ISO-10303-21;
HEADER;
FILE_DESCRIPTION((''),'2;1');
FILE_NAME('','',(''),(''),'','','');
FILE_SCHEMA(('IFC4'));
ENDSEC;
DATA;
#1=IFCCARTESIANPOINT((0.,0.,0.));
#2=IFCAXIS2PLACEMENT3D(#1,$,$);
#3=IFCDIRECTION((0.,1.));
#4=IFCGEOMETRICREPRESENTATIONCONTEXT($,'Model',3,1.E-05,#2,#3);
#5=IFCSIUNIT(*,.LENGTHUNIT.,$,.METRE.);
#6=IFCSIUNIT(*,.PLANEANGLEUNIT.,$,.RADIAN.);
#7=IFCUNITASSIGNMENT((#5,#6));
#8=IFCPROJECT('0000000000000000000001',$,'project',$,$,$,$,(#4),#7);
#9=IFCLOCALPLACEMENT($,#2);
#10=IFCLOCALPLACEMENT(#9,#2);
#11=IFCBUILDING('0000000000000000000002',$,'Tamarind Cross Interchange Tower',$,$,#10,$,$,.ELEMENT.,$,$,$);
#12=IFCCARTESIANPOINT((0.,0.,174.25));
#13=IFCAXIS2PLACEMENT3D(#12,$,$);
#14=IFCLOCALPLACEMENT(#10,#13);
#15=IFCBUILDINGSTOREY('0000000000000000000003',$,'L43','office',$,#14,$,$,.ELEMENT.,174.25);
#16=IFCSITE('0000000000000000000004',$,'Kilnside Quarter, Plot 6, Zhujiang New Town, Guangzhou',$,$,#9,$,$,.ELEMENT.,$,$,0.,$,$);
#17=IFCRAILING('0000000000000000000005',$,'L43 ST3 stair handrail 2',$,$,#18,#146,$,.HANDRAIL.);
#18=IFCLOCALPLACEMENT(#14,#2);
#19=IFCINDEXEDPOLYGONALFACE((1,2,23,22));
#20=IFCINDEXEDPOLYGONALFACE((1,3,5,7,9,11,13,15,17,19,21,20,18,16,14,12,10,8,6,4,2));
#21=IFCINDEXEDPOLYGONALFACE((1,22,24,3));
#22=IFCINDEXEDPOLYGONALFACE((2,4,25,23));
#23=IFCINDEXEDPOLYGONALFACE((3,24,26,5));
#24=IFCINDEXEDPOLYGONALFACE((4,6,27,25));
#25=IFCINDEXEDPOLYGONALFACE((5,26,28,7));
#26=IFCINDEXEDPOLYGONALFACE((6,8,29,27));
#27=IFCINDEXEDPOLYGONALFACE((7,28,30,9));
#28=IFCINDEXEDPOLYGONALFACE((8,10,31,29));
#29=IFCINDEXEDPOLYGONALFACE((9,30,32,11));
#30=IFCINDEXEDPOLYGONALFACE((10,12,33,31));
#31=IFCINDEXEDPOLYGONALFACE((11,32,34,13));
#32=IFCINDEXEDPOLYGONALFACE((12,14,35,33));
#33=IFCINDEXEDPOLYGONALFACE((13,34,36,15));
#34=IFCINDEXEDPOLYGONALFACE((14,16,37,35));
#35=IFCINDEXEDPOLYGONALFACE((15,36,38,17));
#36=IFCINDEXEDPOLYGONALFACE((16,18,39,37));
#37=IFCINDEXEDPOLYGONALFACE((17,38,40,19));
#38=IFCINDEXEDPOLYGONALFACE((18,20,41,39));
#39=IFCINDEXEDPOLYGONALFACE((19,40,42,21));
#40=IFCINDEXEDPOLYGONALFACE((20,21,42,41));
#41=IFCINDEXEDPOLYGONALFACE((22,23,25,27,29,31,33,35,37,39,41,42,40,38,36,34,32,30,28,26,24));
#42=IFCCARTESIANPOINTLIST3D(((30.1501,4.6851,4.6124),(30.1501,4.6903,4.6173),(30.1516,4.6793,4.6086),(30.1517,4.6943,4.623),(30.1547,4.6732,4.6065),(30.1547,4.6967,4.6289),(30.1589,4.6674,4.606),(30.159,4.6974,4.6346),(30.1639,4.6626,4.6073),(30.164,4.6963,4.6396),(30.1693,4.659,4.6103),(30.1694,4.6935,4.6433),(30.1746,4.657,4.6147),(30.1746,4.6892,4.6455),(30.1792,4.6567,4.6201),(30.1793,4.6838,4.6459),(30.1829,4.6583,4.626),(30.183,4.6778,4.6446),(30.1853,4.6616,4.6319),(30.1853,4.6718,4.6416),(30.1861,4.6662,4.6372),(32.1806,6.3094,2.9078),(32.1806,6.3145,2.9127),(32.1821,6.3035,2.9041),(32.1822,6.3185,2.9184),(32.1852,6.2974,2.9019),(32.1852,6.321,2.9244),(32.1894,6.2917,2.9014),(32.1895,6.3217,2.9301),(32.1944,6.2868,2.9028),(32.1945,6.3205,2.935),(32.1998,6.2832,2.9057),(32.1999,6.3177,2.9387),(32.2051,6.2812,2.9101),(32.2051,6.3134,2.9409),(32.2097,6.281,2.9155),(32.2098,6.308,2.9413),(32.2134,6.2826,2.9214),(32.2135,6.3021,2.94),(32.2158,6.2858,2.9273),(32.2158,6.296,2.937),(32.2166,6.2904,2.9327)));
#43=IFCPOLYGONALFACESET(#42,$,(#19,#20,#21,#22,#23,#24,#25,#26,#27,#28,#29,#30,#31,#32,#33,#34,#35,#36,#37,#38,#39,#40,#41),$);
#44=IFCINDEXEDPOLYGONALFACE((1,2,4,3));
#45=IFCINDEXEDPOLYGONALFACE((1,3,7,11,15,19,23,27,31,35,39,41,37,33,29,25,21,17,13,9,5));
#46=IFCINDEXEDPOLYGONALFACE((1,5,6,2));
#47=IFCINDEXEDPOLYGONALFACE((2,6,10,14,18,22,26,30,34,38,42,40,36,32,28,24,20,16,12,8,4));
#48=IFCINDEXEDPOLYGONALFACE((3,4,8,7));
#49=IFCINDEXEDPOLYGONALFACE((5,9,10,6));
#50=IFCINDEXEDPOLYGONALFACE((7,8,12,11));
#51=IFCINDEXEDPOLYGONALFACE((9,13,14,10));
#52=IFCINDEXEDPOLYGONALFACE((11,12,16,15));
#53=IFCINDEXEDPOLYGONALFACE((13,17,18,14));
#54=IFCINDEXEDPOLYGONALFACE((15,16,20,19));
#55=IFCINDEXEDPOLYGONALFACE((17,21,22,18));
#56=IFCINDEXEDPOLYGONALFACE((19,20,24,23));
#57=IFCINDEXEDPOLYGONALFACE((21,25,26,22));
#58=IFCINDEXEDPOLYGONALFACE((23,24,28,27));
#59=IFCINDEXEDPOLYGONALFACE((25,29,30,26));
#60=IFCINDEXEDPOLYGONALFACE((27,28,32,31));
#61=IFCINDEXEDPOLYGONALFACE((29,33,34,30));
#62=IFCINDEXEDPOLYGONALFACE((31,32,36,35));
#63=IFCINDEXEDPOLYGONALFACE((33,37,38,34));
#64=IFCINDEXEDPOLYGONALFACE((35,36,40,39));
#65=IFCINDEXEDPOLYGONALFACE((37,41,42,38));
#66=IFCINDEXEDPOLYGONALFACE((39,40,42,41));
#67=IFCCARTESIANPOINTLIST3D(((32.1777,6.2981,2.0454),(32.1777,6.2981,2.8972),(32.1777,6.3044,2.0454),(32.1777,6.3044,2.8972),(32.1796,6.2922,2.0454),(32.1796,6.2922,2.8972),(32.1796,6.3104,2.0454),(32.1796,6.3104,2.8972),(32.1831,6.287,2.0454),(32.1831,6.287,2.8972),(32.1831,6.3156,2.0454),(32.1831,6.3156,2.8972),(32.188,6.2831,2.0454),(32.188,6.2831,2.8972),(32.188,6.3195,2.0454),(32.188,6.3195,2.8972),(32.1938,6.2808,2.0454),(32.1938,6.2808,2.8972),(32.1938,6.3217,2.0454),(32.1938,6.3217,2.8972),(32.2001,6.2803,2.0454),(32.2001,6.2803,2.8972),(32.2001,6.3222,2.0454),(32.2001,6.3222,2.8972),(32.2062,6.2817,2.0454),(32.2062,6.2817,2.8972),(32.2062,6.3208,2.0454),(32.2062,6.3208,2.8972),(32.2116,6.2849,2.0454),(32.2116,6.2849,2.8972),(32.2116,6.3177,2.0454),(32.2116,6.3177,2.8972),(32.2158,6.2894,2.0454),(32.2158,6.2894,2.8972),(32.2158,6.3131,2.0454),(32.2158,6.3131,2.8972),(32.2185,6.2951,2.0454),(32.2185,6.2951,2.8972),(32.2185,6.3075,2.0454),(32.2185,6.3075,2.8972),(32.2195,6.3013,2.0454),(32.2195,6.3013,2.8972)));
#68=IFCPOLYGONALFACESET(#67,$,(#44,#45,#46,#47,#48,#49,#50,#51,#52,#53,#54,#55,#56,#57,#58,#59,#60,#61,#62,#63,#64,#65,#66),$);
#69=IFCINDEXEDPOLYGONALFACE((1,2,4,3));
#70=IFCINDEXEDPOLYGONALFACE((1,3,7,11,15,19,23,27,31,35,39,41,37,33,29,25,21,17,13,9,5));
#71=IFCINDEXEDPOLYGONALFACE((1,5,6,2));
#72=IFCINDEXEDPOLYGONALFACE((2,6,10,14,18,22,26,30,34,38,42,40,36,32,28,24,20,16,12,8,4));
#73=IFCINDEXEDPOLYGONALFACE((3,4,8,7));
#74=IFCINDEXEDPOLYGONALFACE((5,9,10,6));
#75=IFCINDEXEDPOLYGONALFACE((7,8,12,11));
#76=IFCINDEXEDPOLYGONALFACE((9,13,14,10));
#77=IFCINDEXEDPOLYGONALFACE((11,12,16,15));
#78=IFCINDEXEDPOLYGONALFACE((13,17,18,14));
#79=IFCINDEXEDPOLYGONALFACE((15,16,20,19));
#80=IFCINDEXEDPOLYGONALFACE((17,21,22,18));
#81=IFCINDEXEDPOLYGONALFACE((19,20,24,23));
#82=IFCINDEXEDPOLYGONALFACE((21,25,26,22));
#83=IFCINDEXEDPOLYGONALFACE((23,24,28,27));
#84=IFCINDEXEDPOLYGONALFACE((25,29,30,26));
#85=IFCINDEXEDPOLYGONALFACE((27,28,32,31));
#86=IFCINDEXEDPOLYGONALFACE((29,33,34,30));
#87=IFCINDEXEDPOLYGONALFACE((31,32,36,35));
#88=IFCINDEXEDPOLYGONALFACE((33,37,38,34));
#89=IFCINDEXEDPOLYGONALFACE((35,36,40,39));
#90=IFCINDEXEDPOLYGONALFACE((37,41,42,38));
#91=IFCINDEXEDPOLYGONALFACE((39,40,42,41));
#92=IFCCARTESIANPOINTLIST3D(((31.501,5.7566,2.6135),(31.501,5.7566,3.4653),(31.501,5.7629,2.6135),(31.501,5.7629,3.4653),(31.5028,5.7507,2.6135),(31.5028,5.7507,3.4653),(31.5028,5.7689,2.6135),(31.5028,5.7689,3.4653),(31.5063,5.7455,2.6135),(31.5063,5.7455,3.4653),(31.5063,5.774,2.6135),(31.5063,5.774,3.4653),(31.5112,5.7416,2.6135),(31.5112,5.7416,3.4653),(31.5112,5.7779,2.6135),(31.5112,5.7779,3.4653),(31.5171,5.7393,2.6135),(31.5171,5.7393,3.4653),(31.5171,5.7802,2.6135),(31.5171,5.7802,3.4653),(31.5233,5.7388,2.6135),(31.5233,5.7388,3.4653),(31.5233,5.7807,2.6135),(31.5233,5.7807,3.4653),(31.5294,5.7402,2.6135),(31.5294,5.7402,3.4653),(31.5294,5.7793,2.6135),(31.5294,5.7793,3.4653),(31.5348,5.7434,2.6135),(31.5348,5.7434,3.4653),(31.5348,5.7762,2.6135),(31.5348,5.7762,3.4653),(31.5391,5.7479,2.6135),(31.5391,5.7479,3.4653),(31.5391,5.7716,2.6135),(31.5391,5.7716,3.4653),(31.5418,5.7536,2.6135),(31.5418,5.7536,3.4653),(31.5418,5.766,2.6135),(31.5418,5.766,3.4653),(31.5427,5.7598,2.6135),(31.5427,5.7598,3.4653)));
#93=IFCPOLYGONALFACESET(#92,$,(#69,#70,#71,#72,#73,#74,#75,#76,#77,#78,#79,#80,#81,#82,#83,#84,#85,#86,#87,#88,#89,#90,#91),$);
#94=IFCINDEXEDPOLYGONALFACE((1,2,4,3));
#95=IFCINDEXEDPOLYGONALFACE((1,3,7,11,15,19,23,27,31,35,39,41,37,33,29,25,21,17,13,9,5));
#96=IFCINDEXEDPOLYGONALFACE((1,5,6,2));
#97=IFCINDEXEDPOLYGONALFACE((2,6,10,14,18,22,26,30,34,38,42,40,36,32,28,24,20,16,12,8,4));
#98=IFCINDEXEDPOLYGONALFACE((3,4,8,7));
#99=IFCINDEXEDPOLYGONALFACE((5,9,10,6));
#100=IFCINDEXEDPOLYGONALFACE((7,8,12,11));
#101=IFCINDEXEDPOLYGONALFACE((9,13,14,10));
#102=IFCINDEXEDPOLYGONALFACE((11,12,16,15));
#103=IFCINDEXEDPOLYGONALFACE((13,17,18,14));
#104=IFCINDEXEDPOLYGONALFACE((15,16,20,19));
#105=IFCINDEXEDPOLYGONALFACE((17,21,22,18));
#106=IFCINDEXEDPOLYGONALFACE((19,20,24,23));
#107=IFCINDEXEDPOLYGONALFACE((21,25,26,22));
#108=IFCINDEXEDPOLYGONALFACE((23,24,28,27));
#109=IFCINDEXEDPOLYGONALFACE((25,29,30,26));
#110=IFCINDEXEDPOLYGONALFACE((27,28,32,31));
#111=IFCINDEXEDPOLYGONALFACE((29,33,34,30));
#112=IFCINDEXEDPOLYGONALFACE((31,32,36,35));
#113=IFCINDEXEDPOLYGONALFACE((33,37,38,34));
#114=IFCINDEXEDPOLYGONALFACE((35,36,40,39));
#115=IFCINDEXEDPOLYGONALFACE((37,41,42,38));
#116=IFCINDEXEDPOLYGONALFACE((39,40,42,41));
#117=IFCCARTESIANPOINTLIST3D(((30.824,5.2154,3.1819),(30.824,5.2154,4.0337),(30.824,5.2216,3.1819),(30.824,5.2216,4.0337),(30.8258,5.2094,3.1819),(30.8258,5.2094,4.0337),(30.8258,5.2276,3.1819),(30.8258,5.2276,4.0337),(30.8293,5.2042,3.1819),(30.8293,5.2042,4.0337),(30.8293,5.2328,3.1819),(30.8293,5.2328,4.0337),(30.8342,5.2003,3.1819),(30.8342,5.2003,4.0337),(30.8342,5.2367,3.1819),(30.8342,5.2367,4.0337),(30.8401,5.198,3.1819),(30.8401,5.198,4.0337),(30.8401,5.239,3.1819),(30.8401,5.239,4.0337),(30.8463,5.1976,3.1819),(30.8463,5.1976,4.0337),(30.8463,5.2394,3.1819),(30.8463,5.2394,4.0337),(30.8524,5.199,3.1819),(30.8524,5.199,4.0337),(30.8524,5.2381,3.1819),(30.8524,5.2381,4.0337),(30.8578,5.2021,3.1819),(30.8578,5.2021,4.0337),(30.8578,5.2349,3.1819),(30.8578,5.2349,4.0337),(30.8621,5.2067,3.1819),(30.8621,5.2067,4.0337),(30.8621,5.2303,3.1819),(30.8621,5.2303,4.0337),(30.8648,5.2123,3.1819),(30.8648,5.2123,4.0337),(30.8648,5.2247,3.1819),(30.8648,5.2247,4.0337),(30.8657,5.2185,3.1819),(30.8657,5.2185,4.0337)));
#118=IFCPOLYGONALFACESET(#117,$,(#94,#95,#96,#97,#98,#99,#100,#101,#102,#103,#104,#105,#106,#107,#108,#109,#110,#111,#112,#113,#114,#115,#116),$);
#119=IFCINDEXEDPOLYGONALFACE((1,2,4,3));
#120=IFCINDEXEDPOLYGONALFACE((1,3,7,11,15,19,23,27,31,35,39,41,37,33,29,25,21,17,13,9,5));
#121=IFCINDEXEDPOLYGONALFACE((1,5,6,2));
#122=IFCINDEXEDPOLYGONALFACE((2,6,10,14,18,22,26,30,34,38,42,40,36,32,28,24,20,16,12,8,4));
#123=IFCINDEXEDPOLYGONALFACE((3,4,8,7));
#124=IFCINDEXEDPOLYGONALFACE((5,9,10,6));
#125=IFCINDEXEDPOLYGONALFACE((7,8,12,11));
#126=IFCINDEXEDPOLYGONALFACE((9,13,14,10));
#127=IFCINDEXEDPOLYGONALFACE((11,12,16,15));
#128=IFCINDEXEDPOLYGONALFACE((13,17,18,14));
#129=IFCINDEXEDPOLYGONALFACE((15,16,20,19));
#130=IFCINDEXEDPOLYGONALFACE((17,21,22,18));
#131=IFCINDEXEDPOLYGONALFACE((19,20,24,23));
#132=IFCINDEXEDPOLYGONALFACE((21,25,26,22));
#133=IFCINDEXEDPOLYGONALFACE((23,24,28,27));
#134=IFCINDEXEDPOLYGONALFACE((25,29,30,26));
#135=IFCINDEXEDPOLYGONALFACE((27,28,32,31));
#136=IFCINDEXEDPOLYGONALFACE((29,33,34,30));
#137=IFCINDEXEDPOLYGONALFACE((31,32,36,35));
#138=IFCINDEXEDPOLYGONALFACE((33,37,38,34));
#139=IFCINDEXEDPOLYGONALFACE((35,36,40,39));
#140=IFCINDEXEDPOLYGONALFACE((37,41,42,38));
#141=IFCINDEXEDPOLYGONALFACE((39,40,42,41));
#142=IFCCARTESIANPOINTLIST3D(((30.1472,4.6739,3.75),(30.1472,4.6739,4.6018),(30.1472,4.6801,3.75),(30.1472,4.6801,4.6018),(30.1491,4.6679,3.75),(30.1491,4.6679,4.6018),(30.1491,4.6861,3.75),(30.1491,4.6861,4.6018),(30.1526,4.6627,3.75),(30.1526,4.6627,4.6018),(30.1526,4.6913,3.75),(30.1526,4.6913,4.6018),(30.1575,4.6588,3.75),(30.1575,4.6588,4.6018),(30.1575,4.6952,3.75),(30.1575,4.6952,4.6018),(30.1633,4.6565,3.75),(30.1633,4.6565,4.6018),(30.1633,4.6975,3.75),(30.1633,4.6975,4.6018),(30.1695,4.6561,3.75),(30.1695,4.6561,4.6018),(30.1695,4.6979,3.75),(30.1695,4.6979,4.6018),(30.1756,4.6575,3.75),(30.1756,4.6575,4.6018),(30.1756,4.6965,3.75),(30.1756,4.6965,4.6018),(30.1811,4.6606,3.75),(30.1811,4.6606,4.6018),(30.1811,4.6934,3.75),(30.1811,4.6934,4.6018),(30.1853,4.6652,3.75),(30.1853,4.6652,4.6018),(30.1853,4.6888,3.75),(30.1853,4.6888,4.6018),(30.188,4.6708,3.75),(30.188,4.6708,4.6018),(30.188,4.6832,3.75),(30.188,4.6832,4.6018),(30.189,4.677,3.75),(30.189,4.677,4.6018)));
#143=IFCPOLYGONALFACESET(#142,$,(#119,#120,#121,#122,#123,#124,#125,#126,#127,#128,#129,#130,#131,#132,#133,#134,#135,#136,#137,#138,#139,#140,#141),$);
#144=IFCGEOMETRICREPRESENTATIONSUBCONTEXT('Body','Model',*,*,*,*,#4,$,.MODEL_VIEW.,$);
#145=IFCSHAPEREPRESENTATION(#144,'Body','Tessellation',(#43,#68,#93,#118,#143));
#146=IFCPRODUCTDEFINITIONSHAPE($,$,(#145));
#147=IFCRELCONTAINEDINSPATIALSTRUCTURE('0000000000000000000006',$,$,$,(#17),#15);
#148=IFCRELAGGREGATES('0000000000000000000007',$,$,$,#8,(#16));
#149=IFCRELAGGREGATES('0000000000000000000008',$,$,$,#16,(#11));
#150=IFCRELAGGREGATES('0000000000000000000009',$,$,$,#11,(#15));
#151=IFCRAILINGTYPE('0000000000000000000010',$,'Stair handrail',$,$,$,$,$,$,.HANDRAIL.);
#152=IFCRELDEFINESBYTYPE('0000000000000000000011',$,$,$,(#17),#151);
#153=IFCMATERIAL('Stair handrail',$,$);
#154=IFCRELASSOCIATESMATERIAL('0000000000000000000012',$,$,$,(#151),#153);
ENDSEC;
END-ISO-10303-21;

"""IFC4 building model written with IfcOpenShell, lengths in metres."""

from ifc_helpers import new_model, si_unit, direction, frame, origin, origin_2d, place, context, subcontext, project, spatial, circle, extrude, material, type_object, element, save


model = new_model("IFC4")

# Units and contexts
model_context = context("Model", 3, precision=1e-05, world=origin(), true_north=direction((0.0, 1.0)))
body_context = subcontext(model_context, "Body", "Model", "MODEL_VIEW")
ifc_project = project(units=[si_unit("LENGTHUNIT", "METRE"), si_unit("PLANEANGLEUNIT", "RADIAN")], contexts=[model_context])

# Site, building, storey
site_placement = place(None, origin())
site = spatial("IfcSite", under=ifc_project, at=site_placement, Name="Kilnside Quarter, Plot 6, Zhujiang New Town, Guangzhou", CompositionType="ELEMENT", RefElevation=0.0)
building_placement = place(site_placement, origin())
building = spatial("IfcBuilding", under=site, at=building_placement, Name="Tamarind Cross Interchange Tower", CompositionType="ELEMENT")
storey_placement = place(building_placement, frame((0.0, 0.0, 174.25)))
storey = spatial("IfcBuildingStorey", under=building, at=storey_placement, Name="L43", Description="office", CompositionType="ELEMENT", Elevation=174.25)

# Railing
ifc_material_1 = material(Name="Stair handrail")
railing_type_1 = type_object("IfcRailingType", Name="Stair handrail", PredefinedType="HANDRAIL", material=ifc_material_1)
railing_1_placement = place(storey_placement, frame((32.1985, 6.3013, 2.0454)))
element("IfcRailing", 1, at=railing_1_placement, inside=storey, type_object=railing_type_1, Name="L43 ST3 stair handrail 2", PredefinedType="HANDRAIL", context=body_context, shape_type="SweptSolid", body=[
    extrude(circle(Radius=0.0239, at=origin_2d()), frame((0.0, 0.0, 0.876), z_axis=(-0.653076, -0.522414, 0.548248), x_axis=(0.624661, -0.780896, 0.0)), (0.0, 0.0, 1.0), 3.1091),
    extrude(circle(Radius=0.021, at=origin_2d()), origin(), (0.0, 0.0, 1.0), 0.8518),
    extrude(circle(Radius=0.021, at=origin_2d()), frame((-0.6768, -0.5415, 0.5681)), (0.0, 0.0, 1.0), 0.8518),
    extrude(circle(Radius=0.021, at=origin_2d()), frame((-1.3538, -1.0828, 1.1365)), (0.0, 0.0, 1.0), 0.8518),
    extrude(circle(Radius=0.021, at=origin_2d()), frame((-2.0305, -1.6243, 1.7046)), (0.0, 0.0, 1.0), 0.8518),
])

save(model, "model.ifc")
